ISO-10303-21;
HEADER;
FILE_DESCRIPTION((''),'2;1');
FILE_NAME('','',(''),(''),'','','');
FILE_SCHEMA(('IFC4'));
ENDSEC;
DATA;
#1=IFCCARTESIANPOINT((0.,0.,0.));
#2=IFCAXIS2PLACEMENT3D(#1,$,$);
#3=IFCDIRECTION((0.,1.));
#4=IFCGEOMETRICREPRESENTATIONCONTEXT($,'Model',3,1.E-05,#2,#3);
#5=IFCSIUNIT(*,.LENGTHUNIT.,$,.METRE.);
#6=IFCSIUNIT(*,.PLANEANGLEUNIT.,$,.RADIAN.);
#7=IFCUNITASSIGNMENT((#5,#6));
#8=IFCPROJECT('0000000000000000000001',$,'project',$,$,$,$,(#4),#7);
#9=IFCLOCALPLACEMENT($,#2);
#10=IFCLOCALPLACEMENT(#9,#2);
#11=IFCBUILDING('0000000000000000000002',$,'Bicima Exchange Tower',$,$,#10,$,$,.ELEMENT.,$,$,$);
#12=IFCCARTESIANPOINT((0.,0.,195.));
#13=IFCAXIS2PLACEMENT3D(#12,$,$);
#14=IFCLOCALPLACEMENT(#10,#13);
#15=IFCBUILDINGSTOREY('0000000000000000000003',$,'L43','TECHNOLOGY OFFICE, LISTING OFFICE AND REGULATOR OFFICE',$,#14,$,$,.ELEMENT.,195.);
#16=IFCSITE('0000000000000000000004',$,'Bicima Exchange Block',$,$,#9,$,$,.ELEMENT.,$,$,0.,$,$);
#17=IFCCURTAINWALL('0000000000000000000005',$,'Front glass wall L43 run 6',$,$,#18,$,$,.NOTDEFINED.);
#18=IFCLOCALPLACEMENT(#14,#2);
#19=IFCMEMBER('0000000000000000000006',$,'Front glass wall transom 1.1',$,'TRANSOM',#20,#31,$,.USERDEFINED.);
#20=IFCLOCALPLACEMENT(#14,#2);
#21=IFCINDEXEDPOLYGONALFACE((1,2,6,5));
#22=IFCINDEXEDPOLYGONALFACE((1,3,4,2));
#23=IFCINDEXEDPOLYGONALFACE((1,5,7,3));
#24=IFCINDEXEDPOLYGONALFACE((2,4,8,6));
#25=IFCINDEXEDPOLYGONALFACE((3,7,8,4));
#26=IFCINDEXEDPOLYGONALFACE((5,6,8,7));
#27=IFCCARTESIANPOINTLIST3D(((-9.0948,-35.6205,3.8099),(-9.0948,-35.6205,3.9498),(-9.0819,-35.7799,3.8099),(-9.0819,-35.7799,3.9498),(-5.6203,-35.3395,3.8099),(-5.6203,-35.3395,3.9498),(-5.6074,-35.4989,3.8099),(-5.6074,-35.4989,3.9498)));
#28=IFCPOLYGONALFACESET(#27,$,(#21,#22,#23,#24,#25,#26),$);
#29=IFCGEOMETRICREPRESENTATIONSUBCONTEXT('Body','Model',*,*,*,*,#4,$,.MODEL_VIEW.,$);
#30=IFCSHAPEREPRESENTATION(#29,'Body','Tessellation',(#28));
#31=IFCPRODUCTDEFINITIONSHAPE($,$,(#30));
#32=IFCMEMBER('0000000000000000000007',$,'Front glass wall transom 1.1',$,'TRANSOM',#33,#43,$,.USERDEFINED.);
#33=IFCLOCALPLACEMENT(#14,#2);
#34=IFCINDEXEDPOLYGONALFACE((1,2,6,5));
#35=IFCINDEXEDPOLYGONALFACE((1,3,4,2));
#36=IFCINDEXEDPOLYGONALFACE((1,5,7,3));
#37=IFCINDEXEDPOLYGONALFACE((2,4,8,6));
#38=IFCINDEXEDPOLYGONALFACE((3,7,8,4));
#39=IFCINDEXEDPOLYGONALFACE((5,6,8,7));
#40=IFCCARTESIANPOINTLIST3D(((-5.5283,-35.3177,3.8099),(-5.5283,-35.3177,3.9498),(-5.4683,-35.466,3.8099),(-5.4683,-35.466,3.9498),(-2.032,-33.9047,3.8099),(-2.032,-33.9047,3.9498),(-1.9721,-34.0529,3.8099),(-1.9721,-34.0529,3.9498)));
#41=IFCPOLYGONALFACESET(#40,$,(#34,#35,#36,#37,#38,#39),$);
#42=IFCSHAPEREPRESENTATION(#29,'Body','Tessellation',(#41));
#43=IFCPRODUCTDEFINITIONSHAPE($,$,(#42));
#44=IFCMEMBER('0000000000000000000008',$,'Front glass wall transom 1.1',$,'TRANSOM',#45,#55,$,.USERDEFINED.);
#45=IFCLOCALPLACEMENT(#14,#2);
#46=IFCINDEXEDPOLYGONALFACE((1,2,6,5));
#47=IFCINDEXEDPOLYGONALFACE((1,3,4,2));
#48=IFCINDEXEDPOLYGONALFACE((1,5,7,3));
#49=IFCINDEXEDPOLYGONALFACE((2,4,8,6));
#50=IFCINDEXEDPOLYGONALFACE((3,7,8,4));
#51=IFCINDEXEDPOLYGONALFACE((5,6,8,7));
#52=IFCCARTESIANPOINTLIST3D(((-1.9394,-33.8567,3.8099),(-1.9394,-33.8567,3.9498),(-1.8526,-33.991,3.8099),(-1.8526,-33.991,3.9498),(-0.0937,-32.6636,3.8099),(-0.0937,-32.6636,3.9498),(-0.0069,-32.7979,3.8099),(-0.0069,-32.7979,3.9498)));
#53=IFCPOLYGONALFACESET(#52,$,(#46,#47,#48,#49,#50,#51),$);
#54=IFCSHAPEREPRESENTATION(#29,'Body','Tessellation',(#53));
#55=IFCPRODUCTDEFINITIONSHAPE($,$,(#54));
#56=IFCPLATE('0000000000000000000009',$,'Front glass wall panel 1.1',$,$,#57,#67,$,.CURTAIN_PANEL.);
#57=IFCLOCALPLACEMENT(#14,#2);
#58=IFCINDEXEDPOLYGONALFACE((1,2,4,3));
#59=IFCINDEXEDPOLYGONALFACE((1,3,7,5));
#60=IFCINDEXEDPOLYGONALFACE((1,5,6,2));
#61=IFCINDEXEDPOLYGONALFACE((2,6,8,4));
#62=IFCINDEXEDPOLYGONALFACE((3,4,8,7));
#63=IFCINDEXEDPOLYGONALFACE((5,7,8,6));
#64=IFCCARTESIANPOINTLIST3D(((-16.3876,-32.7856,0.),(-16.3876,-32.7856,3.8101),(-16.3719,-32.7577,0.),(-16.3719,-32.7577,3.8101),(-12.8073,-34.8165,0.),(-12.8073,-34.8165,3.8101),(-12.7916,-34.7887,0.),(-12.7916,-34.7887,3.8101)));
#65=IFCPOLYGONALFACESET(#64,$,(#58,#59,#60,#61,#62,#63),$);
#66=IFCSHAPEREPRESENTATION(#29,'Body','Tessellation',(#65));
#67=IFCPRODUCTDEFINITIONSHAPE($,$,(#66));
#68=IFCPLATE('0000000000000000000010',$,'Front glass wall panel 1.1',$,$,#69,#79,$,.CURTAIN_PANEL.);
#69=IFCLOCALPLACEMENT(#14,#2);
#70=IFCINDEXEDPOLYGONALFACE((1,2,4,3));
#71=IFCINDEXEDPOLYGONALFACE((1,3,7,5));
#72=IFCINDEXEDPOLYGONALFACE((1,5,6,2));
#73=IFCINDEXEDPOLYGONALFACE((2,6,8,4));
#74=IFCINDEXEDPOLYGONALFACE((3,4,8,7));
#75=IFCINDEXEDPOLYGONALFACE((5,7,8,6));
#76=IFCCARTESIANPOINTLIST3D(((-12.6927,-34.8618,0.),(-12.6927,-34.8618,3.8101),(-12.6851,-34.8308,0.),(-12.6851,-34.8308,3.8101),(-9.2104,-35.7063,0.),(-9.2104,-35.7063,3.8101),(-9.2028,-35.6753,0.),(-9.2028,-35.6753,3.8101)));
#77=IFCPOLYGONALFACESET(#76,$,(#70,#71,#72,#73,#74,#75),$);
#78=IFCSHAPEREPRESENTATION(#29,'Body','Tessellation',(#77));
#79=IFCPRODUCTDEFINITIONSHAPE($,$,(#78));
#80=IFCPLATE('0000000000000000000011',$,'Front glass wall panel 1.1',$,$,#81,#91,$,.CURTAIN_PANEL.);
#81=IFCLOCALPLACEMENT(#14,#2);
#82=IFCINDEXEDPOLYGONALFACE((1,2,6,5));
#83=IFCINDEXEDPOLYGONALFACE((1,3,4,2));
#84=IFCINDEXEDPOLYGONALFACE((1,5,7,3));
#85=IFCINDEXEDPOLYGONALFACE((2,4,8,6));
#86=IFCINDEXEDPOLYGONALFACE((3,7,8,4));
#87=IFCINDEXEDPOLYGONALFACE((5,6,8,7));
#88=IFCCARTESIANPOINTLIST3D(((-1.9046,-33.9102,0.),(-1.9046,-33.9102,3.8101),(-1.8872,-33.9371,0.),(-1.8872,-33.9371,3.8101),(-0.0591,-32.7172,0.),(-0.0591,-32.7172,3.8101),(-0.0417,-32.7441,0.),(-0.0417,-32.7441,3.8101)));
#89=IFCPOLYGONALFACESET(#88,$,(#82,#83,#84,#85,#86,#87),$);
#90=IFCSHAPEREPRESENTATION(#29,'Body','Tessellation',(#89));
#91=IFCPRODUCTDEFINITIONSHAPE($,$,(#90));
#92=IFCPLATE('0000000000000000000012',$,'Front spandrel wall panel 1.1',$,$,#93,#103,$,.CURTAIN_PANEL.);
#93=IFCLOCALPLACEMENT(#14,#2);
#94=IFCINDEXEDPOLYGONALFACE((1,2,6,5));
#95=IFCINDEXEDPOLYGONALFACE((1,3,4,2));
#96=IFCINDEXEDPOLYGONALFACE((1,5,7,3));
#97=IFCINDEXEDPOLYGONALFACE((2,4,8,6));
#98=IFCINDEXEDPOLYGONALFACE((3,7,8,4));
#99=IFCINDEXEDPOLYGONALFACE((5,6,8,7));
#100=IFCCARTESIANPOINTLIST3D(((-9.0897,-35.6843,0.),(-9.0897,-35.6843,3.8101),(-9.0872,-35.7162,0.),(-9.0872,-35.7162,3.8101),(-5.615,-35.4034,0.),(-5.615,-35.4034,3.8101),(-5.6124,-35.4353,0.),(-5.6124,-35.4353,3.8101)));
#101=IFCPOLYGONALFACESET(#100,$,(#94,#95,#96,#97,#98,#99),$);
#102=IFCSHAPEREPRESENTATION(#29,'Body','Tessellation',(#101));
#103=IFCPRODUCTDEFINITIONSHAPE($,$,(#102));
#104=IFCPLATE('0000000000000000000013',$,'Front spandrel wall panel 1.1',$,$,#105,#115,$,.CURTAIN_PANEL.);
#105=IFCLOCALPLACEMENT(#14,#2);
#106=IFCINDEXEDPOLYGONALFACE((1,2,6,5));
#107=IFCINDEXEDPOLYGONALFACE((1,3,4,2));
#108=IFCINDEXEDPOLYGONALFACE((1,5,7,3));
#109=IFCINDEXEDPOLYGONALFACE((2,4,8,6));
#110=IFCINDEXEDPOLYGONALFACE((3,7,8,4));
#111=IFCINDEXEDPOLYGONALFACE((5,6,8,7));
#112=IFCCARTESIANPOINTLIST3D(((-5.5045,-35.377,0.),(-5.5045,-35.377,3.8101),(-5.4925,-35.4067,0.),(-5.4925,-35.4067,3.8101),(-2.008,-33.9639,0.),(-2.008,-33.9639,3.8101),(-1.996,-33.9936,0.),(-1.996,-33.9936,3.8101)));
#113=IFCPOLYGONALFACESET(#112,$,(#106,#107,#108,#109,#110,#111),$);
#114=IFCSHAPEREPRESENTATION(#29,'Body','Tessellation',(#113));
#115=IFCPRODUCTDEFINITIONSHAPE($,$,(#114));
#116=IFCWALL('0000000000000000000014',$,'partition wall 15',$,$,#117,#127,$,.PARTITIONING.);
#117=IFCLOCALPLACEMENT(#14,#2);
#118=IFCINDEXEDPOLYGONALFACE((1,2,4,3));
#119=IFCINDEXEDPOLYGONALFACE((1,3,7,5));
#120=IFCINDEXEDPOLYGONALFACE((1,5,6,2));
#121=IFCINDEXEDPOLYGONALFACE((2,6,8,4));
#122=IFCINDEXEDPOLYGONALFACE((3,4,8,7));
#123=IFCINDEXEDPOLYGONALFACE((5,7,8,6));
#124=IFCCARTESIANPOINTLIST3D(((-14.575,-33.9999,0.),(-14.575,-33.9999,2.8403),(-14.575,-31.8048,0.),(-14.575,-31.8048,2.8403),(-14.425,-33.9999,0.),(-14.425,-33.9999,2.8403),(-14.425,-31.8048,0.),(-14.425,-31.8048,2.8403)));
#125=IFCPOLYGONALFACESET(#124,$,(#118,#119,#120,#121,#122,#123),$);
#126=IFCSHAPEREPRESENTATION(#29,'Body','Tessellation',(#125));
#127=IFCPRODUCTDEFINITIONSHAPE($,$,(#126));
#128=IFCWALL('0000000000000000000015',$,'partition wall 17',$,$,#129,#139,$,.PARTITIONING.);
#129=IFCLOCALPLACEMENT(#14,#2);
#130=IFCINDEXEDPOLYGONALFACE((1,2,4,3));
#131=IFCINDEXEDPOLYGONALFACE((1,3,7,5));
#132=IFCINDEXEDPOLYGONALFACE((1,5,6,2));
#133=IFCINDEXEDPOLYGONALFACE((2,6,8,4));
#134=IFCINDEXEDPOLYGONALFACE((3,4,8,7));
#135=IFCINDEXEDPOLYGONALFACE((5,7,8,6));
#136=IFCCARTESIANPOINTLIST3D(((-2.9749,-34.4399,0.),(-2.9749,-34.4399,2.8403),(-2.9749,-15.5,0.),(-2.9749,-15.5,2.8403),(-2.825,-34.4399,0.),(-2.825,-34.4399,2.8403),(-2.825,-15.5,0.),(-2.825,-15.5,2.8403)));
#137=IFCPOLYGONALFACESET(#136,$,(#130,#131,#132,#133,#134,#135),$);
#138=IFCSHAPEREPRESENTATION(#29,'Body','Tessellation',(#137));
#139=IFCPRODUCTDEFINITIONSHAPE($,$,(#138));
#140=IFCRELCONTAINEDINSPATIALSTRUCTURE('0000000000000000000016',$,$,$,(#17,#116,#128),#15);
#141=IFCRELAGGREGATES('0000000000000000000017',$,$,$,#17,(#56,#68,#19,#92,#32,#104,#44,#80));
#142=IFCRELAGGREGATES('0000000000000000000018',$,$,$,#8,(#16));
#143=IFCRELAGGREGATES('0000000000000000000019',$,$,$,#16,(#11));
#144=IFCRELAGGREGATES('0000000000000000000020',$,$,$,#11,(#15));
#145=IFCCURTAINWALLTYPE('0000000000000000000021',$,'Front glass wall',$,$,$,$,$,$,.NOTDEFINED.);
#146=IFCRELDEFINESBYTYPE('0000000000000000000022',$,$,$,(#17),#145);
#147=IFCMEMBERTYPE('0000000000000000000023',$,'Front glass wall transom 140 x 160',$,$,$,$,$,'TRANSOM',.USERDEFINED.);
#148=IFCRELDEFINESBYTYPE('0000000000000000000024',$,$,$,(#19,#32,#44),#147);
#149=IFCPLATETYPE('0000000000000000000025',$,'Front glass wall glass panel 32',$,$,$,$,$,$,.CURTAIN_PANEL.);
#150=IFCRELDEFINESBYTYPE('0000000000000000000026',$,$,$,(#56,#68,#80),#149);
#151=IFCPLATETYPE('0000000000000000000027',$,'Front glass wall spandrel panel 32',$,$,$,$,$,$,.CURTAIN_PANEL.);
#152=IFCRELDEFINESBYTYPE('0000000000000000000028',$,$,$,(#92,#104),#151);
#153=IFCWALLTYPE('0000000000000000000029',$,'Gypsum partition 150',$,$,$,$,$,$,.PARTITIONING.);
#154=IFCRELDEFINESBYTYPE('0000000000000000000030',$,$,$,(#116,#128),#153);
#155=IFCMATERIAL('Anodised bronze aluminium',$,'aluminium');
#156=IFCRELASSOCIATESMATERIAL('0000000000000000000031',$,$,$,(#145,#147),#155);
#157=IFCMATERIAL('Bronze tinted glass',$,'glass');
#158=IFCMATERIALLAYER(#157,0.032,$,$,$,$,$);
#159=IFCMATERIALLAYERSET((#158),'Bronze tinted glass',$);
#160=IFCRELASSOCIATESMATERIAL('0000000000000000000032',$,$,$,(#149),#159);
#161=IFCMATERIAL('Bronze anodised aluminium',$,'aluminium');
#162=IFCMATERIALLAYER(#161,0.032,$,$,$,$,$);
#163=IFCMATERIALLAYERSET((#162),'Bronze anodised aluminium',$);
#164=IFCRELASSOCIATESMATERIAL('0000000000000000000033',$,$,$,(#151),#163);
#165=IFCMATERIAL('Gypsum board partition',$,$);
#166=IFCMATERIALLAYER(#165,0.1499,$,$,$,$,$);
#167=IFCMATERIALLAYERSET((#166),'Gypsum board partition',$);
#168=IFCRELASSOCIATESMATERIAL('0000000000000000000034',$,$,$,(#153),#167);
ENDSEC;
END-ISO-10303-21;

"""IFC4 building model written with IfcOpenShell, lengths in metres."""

from ifc_helpers import new_model, si_unit, direction, frame, frame_2d, origin, origin_2d, place, context, subcontext, project, spatial, rectangle, extrude, material, layer, layer_set, material_profile, profile_set, type_object, element, aggregate, save


model = new_model("IFC4")

# Units and contexts
model_context = context("Model", 3, precision=1e-05, world=origin(), true_north=direction((0.0, 1.0)))
body_context = subcontext(model_context, "Body", "Model", "MODEL_VIEW")
ifc_project = project(units=[si_unit("LENGTHUNIT", "METRE"), si_unit("PLANEANGLEUNIT", "RADIAN")], contexts=[model_context])

# Site, building, storey
site_placement = place(None, origin())
site = spatial("IfcSite", under=ifc_project, at=site_placement, Name="Bicima Exchange Block", CompositionType="ELEMENT", RefElevation=0.0)
building_placement = place(site_placement, origin())
building = spatial("IfcBuilding", under=site, at=building_placement, Name="Bicima Exchange Tower", CompositionType="ELEMENT")
storey_placement = place(building_placement, frame((0.0, 0.0, 195.0)))
storey = spatial("IfcBuildingStorey", under=building, at=storey_placement, Name="L43", Description="TECHNOLOGY OFFICE, LISTING OFFICE AND REGULATOR OFFICE", CompositionType="ELEMENT", Elevation=195.0)

# Curtain wall, members, plates
ifc_material_1 = material(Name="Anodised bronze aluminium", Category="aluminium")
curtain_wall_type = type_object("IfcCurtainWallType", Name="Front glass wall", PredefinedType="NOTDEFINED", material=ifc_material_1)
curtain_wall_placement = place(storey_placement, origin())
curtain_wall = element("IfcCurtainWall", 1, at=curtain_wall_placement, inside=storey, type_object=curtain_wall_type, Name="Front glass wall L43 run 6", PredefinedType="NOTDEFINED")
ifc_material_profile_1 = material_profile(ifc_material_1, rectangle(XDim=0.1599, YDim=0.1399, at=origin_2d()))
ifc_profile_set_1 = profile_set([ifc_material_profile_1], Name="Anodised bronze aluminium")
member_type_1 = type_object("IfcMemberType", Name="Front glass wall transom 140 x 160", ElementType="TRANSOM", PredefinedType="USERDEFINED", material=ifc_profile_set_1)
member_1_placement = place(storey_placement, frame((-9.0884, -35.7002, 3.8799), z_axis=(0.996746, 0.080611, 0.0), x_axis=(-0.080611, 0.996746, 0.0)))
member_1 = element("IfcMember", 2, at=member_1_placement, type_object=member_type_1, Name="Front glass wall transom 1.1", ObjectType="TRANSOM", PredefinedType="USERDEFINED", context=body_context, shape_type="SweptSolid", body=[
    extrude(rectangle(XDim=0.1599, YDim=0.1399, at=origin_2d()), origin(), (0.0, 0.0, 1.0), 3.4858),
])
member_2_placement = place(storey_placement, frame((-5.4983, -35.3918, 3.8799), z_axis=(0.92714, 0.374715, 0.0), x_axis=(-0.374715, 0.92714, 0.0)))
member_2 = element("IfcMember", 3, at=member_2_placement, type_object=member_type_1, Name="Front glass wall transom 1.1", ObjectType="TRANSOM", PredefinedType="USERDEFINED", context=body_context, shape_type="SweptSolid", body=[
    extrude(rectangle(XDim=0.1599, YDim=0.1399, at=origin_2d()), origin(), (0.0, 0.0, 1.0), 3.771),
])
member_3_placement = place(storey_placement, frame((-1.896, -33.9238, 3.8799), z_axis=(0.839811, 0.542878, 0.0), x_axis=(-0.542878, 0.839811, 0.0)))
member_3 = element("IfcMember", 4, at=member_3_placement, type_object=member_type_1, Name="Front glass wall transom 1.1", ObjectType="TRANSOM", PredefinedType="USERDEFINED", context=body_context, shape_type="SweptSolid", body=[
    extrude(rectangle(XDim=0.1599, YDim=0.1399, at=origin_2d()), origin(), (0.0, 0.0, 1.0), 2.1978),
])
ifc_material_2 = material(Name="Bronze tinted glass", Category="glass")
ifc_layer_1 = layer(ifc_material_2, 0.032)
ifc_layer_set_1 = layer_set([ifc_layer_1], Name="Bronze tinted glass")
plate_type_1 = type_object("IfcPlateType", Name="Front glass wall glass panel 32", PredefinedType="CURTAIN_PANEL", material=ifc_layer_set_1)
plate_1_placement = place(storey_placement, frame((-14.5896, -33.7871, 0.0), z_axis=(0.0, 0.0, 1.0), x_axis=(0.869805, -0.493395, 0.0)))
plate_1 = element("IfcPlate", 5, at=plate_1_placement, type_object=plate_type_1, Name="Front glass wall panel 1.1", PredefinedType="CURTAIN_PANEL", context=body_context, shape_type="SweptSolid", body=[
    extrude(rectangle(XDim=4.1162, YDim=0.032, at=origin_2d()), origin(), (0.0, 0.0, 1.0), 3.8101),
])
plate_2_placement = place(storey_placement, frame((-10.9478, -35.2686, 0.0), z_axis=(0.0, 0.0, 1.0), x_axis=(0.97183, -0.235682, 0.0)))
plate_2 = element("IfcPlate", 6, at=plate_2_placement, type_object=plate_type_1, Name="Front glass wall panel 1.1", PredefinedType="CURTAIN_PANEL", context=body_context, shape_type="SweptSolid", body=[
    extrude(rectangle(XDim=3.5833, YDim=0.032, at=origin_2d()), origin(), (0.0, 0.0, 1.0), 3.8101),
])
plate_3_placement = place(storey_placement, frame((-0.9731, -33.3271, 0.0), z_axis=(0.0, 0.0, 1.0), x_axis=(0.839799, 0.542897, 0.0)))
plate_3 = element("IfcPlate", 7, at=plate_3_placement, type_object=plate_type_1, Name="Front glass wall panel 1.1", PredefinedType="CURTAIN_PANEL", context=body_context, shape_type="SweptSolid", body=[
    extrude(rectangle(XDim=2.1975, YDim=0.032, at=origin_2d()), origin(), (0.0, 0.0, 1.0), 3.8101),
])
ifc_material_3 = material(Name="Bronze anodised aluminium", Category="aluminium")
ifc_layer_2 = layer(ifc_material_3, 0.032)
ifc_layer_set_2 = layer_set([ifc_layer_2], Name="Bronze anodised aluminium")
plate_type_2 = type_object("IfcPlateType", Name="Front glass wall spandrel panel 32", PredefinedType="CURTAIN_PANEL", material=ifc_layer_set_2)
plate_4_placement = place(storey_placement, frame((-7.3511, -35.5598, 0.0), z_axis=(0.0, 0.0, 1.0), x_axis=(0.996747, 0.080589, 0.0)))
plate_4 = element("IfcPlate", 8, at=plate_4_placement, type_object=plate_type_2, Name="Front spandrel wall panel 1.1", PredefinedType="CURTAIN_PANEL", context=body_context, shape_type="SweptSolid", body=[
    extrude(rectangle(XDim=3.4861, YDim=0.032, at=origin_2d()), origin(), (0.0, 0.0, 1.0), 3.8101),
])
plate_5_placement = place(storey_placement, frame((-3.7502, -34.6853, 0.0), z_axis=(0.0, 0.0, 1.0), x_axis=(0.927144, 0.374705, 0.0)))
plate_5 = element("IfcPlate", 9, at=plate_5_placement, type_object=plate_type_2, Name="Front spandrel wall panel 1.1", PredefinedType="CURTAIN_PANEL", context=body_context, shape_type="SweptSolid", body=[
    extrude(rectangle(XDim=3.7712, YDim=0.032, at=origin_2d()), origin(), (0.0, 0.0, 1.0), 3.8101),
])
aggregate(curtain_wall, [plate_1, plate_2, member_1, plate_4, member_2, plate_5, member_3, plate_3])

# Walls
ifc_material_4 = material(Name="Gypsum board partition")
ifc_layer_3 = layer(ifc_material_4, 0.1499)
ifc_layer_set_3 = layer_set([ifc_layer_3], Name="Gypsum board partition")
wall_type = type_object("IfcWallType", Name="Gypsum partition 150", PredefinedType="PARTITIONING", material=ifc_layer_set_3)
wall_1_placement = place(storey_placement, frame((-14.5, -34.0, 0.0), z_axis=(0.0, 0.0, 1.0), x_axis=(0.0, 1.0, 0.0)))
element("IfcWall", 10, at=wall_1_placement, inside=storey, type_object=wall_type, Name="partition wall 15", PredefinedType="PARTITIONING", context=body_context, shape_type="SweptSolid", body=[
    extrude(rectangle(XDim=2.1951, YDim=0.1499, at=frame_2d((1.0977, 0.0))), origin(), (0.0, 0.0, 1.0), 2.8403),
])
wall_2_placement = place(storey_placement, frame((-2.8999, -34.4399, 0.0), z_axis=(0.0, 0.0, 1.0), x_axis=(0.0, 1.0, 0.0)))
element("IfcWall", 11, at=wall_2_placement, inside=storey, type_object=wall_type, Name="partition wall 17", PredefinedType="PARTITIONING", context=body_context, shape_type="SweptSolid", body=[
    extrude(rectangle(XDim=18.9399, YDim=0.1499, at=frame_2d((9.47, 0.0))), origin(), (0.0, 0.0, 1.0), 2.8403),
])

save(model, "model.ifc")
